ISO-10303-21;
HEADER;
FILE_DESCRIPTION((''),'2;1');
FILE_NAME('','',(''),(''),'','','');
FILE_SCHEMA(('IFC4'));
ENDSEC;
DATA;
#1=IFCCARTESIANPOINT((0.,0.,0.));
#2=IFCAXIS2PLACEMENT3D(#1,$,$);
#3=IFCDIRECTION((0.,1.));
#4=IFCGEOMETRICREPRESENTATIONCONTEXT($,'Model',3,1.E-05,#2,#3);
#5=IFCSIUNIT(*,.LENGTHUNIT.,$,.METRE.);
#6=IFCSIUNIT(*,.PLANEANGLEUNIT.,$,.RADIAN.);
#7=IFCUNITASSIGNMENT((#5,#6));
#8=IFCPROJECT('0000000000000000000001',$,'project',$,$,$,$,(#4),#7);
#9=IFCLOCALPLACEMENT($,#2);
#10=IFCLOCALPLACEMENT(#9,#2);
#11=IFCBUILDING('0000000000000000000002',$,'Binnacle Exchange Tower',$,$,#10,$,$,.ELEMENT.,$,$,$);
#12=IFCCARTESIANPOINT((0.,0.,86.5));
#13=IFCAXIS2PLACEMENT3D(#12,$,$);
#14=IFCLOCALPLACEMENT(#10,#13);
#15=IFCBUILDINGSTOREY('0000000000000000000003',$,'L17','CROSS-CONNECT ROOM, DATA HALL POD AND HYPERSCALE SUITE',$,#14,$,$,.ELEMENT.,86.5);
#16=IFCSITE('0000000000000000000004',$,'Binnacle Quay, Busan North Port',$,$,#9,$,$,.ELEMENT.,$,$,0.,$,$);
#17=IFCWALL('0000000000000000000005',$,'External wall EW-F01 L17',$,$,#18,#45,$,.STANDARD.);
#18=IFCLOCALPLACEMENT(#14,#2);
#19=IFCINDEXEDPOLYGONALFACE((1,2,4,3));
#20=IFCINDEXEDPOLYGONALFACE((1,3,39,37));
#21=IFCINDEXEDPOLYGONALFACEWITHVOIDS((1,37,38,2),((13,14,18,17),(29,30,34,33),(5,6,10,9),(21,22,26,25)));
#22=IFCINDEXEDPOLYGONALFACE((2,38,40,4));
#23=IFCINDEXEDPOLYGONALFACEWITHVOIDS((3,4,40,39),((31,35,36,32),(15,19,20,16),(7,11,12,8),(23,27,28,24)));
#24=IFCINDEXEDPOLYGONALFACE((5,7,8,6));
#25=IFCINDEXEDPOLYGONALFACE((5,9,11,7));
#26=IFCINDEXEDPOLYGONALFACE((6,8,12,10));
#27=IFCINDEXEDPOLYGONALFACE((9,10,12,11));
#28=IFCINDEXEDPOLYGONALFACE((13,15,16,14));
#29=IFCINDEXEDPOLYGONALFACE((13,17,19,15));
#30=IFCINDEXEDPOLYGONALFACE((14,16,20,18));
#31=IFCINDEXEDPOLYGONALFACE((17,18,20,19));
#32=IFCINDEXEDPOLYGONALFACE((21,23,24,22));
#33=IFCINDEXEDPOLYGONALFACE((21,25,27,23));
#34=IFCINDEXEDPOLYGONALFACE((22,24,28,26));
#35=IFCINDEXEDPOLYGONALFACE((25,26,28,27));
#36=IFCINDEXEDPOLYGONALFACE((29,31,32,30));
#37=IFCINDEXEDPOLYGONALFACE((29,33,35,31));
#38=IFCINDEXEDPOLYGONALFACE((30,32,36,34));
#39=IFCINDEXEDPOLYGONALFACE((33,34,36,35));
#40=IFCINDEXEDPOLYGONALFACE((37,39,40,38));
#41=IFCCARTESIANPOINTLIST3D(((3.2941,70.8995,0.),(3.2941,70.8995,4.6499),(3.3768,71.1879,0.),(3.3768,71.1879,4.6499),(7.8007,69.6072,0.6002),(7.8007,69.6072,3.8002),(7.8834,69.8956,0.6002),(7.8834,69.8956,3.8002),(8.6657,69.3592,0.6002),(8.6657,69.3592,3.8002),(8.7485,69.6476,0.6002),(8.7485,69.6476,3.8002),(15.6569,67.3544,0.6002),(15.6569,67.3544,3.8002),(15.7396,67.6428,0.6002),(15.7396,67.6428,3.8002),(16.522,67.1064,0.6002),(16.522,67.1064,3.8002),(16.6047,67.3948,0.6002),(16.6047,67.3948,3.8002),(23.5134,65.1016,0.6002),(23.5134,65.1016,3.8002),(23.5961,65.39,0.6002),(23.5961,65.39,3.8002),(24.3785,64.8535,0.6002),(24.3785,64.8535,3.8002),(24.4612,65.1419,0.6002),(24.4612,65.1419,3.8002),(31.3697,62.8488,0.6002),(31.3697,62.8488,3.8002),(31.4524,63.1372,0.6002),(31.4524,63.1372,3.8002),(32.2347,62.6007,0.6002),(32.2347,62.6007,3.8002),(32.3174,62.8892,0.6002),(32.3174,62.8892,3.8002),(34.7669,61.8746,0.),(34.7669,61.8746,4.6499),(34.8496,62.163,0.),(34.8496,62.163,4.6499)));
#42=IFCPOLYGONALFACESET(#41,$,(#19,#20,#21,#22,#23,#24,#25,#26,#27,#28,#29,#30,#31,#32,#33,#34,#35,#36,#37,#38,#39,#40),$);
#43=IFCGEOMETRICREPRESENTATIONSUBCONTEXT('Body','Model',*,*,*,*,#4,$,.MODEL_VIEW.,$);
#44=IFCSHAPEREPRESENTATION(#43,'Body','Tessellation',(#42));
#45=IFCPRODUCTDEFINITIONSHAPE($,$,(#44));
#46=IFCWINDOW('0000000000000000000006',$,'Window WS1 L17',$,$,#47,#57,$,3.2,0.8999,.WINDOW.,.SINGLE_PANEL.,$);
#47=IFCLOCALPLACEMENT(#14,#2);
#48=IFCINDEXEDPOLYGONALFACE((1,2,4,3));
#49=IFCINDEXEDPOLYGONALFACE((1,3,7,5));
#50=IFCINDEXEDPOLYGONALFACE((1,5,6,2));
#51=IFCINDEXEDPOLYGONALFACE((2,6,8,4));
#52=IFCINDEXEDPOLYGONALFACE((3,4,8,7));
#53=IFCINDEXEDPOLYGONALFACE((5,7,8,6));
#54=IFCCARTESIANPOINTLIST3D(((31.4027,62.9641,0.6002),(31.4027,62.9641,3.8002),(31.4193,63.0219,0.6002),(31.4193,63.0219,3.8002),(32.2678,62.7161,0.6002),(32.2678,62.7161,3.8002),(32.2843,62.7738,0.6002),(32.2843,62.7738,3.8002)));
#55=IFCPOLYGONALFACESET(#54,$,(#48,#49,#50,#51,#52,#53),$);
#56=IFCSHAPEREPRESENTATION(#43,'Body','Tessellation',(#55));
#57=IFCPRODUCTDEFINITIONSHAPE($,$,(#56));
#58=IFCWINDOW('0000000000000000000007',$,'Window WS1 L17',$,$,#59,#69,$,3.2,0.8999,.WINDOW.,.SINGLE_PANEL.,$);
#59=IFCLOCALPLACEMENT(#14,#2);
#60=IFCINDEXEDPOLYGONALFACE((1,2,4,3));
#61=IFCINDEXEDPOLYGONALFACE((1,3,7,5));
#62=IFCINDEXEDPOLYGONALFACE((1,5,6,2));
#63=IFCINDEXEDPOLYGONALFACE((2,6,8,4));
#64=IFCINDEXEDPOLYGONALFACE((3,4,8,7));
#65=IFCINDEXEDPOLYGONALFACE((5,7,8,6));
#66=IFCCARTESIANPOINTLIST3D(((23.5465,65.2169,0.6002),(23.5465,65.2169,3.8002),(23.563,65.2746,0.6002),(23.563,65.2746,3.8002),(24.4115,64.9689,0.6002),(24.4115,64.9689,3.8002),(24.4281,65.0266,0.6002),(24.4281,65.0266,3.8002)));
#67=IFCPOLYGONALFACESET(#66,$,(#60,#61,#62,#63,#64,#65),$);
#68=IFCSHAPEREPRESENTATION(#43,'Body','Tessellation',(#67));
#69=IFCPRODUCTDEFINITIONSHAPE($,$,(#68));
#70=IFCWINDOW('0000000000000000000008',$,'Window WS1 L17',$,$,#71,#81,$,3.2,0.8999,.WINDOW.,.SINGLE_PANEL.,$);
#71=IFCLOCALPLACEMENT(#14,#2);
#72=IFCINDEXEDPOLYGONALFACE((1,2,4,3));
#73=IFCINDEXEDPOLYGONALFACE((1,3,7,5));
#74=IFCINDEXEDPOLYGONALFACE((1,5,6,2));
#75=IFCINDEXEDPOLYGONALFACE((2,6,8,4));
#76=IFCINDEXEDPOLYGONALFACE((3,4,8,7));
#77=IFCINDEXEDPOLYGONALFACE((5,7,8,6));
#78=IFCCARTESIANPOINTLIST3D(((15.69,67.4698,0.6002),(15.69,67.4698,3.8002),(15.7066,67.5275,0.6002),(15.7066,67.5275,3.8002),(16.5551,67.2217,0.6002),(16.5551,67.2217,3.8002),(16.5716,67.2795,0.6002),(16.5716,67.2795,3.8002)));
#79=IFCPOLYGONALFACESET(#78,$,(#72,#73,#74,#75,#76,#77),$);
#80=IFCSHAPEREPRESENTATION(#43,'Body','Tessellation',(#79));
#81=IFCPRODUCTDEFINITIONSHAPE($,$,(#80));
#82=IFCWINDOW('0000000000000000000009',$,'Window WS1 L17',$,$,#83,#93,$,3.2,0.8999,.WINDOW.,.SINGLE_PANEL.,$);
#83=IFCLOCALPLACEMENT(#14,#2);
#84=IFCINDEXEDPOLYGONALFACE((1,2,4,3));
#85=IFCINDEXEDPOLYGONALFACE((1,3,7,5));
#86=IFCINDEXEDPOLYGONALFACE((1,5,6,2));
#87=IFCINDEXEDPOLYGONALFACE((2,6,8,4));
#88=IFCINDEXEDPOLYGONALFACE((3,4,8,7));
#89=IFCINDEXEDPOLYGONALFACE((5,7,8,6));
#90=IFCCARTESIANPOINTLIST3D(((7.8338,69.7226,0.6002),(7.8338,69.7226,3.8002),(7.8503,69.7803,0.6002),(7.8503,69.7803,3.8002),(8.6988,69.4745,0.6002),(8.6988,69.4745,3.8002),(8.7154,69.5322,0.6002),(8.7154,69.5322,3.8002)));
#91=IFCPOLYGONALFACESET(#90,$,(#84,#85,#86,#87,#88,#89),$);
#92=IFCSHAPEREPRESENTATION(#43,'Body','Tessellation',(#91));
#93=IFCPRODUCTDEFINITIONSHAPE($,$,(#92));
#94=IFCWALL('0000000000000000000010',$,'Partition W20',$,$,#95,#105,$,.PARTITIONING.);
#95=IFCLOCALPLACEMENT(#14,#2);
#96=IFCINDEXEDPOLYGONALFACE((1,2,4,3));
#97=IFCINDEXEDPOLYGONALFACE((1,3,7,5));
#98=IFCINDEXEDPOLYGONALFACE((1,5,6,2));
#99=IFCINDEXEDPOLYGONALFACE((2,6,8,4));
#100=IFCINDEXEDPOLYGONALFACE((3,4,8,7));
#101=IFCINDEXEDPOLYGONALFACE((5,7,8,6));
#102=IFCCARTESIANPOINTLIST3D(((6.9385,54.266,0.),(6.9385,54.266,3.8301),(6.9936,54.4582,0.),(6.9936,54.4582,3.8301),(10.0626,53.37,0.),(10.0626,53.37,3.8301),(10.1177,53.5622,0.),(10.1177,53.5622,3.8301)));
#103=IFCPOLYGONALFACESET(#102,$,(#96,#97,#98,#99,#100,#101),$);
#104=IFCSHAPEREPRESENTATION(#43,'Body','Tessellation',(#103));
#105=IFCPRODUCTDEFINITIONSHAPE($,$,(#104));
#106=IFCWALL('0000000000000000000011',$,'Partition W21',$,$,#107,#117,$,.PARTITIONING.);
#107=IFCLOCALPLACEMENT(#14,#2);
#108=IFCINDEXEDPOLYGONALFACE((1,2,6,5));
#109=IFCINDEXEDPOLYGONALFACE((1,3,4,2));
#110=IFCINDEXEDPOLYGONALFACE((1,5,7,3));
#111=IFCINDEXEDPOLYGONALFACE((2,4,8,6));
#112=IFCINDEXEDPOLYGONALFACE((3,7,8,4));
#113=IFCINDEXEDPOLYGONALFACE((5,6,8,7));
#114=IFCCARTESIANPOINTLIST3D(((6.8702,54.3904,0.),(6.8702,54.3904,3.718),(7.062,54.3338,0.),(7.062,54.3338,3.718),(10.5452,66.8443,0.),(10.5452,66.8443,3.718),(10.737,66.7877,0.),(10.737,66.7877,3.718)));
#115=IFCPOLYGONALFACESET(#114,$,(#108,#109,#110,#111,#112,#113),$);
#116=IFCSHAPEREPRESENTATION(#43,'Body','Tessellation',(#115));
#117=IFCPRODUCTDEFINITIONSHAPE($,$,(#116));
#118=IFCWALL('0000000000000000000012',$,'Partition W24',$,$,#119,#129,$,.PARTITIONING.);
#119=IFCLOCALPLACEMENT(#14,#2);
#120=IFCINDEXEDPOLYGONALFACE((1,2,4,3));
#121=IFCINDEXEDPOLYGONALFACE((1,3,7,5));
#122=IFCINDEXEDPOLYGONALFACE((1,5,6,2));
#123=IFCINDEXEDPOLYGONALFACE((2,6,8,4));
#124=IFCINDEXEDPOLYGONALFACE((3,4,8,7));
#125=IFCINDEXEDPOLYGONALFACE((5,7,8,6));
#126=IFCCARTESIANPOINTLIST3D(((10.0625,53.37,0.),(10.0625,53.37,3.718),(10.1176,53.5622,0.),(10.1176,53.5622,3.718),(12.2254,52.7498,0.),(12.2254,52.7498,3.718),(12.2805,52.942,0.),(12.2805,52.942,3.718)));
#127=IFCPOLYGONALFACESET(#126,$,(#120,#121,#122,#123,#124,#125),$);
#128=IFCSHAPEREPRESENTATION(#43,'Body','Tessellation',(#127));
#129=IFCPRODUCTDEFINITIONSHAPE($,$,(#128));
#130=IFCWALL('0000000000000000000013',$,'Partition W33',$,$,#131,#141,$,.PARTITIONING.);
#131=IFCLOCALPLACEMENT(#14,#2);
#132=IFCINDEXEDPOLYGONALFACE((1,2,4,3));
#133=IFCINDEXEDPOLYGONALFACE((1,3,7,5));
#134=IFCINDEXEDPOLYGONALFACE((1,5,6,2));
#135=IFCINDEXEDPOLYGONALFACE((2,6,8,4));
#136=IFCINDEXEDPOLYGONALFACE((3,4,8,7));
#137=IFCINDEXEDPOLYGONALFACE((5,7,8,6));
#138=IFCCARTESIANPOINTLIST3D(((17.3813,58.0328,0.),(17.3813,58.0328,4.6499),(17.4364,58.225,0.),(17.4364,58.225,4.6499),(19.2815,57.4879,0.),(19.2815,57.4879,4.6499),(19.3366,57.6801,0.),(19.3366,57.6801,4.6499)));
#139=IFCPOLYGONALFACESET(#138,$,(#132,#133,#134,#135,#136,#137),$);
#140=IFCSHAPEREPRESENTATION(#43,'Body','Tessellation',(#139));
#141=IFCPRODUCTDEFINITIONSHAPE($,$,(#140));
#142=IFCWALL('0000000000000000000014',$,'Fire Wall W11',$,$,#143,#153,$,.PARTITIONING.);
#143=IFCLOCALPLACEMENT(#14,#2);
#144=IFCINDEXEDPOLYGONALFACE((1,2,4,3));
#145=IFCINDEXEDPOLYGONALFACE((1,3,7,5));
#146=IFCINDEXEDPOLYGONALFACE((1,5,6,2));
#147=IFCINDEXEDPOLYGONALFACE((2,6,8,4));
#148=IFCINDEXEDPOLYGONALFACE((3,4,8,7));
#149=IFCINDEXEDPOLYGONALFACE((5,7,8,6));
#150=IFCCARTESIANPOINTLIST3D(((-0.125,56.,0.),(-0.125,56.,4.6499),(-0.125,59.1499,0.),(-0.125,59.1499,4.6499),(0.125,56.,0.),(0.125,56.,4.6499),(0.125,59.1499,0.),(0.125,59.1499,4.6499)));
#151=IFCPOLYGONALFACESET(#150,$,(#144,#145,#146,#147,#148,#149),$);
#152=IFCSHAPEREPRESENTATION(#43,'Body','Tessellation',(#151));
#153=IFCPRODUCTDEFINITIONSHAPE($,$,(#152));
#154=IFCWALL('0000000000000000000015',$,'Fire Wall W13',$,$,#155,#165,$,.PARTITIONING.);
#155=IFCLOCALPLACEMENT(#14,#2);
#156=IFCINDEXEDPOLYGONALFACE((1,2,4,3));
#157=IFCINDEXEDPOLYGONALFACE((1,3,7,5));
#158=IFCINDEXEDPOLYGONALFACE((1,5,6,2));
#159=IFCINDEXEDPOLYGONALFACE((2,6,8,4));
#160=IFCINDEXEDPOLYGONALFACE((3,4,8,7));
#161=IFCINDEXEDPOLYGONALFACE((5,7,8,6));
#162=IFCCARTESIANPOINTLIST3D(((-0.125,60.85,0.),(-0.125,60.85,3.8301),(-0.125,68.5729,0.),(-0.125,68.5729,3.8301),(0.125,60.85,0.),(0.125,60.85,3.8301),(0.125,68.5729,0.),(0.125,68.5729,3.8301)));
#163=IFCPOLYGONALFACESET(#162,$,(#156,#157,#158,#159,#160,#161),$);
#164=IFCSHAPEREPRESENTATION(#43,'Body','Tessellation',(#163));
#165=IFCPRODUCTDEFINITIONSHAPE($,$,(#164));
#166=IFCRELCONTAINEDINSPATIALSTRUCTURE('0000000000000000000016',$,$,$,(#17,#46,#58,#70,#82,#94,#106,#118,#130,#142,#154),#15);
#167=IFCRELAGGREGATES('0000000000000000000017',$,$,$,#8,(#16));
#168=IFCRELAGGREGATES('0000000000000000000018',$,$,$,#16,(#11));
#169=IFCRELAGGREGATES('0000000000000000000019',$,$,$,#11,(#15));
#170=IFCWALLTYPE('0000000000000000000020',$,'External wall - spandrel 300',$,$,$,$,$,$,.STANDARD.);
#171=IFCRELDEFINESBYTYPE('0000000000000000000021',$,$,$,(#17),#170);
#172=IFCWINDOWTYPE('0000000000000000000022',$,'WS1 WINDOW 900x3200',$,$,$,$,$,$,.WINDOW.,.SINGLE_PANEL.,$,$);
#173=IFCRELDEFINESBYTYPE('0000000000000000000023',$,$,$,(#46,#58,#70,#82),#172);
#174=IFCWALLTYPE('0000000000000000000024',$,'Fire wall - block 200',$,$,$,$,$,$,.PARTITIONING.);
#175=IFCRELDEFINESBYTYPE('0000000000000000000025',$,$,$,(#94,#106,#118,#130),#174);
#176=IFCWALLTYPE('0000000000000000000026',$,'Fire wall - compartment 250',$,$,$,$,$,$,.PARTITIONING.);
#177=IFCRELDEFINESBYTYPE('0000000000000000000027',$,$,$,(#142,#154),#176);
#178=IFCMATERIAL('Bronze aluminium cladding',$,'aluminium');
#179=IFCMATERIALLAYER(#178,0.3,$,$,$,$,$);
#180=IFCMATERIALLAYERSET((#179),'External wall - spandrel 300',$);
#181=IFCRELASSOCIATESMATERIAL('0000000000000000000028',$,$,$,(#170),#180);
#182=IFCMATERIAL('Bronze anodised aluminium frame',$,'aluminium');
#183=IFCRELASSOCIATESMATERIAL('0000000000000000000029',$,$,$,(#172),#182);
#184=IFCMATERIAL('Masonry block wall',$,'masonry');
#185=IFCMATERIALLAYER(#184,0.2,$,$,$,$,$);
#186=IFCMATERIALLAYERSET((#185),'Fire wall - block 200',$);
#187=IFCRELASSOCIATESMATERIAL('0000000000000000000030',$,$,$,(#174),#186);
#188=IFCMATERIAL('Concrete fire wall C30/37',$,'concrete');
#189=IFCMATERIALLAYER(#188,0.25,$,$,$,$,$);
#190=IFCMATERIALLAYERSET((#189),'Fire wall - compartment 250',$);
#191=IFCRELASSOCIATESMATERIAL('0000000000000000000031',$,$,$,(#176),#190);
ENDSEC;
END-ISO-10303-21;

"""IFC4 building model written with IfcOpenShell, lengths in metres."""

from ifc_helpers import new_model, si_unit, direction, frame, frame_2d, origin, place, context, subcontext, project, spatial, rectangle, extrude, material, layer, layer_set, type_object, element, fill, save


model = new_model("IFC4")

# Units and contexts
model_context = context("Model", 3, precision=1e-05, world=origin(), true_north=direction((0.0, 1.0)))
body_context = subcontext(model_context, "Body", "Model", "MODEL_VIEW")
ifc_project = project(units=[si_unit("LENGTHUNIT", "METRE"), si_unit("PLANEANGLEUNIT", "RADIAN")], contexts=[model_context])

# Site, building, storey
site_placement = place(None, origin())
site = spatial("IfcSite", under=ifc_project, at=site_placement, Name="Binnacle Quay, Busan North Port", CompositionType="ELEMENT", RefElevation=0.0)
building_placement = place(site_placement, origin())
building = spatial("IfcBuilding", under=site, at=building_placement, Name="Binnacle Exchange Tower", CompositionType="ELEMENT")
storey_placement = place(building_placement, frame((0.0, 0.0, 86.5)))
storey = spatial("IfcBuildingStorey", under=building, at=storey_placement, Name="L17", Description="CROSS-CONNECT ROOM, DATA HALL POD AND HYPERSCALE SUITE", CompositionType="ELEMENT", Elevation=86.5)

# Wall, openings, windows
ifc_material_1 = material(Name="Bronze aluminium cladding", Category="aluminium")
ifc_layer_1 = layer(ifc_material_1, 0.3)
ifc_layer_set_1 = layer_set([ifc_layer_1], Name="External wall - spandrel 300")
wall_type_1 = type_object("IfcWallType", Name="External wall - spandrel 300", PredefinedType="STANDARD", material=ifc_layer_set_1)
wall_1_placement = place(storey_placement, frame((3.3354, 71.0437, 0.0), z_axis=(0.0, 0.0, 1.0), x_axis=(0.96126, -0.275643, 0.0)))
wall_1 = element("IfcWall", 1, at=wall_1_placement, inside=storey, type_object=wall_type_1, Name="External wall EW-F01 L17", PredefinedType="STANDARD", context=body_context, shape_type="SweptSolid", body=[
    extrude(rectangle(XDim=32.7412, YDim=0.3, at=frame_2d((16.3706, 0.0))), origin(), (0.0, 0.0, 1.0), 4.6499),
])
opening_1_placement = place(wall_1_placement, frame((29.207, 0.0, 0.6001)))
opening_1 = element("IfcOpeningElement", 2, at=opening_1_placement, cuts=wall_1, PredefinedType="OPENING", context=body_context, shape_type="SweptSolid", body=[
    extrude(rectangle(XDim=0.8999, YDim=3.2, at=frame_2d((0.45, 1.6001))), frame((0.0, 0.1599, 0.0), z_axis=(0.0, -1.0, 0.0), x_axis=(1.0, 0.0, 0.0)), (0.0, 0.0, 1.0), 0.3201),
])
opening_2_placement = place(wall_1_placement, frame((21.0342, 0.0, 0.6001)))
opening_2 = element("IfcOpeningElement", 3, at=opening_2_placement, cuts=wall_1, PredefinedType="OPENING", context=body_context, shape_type="SweptSolid", body=[
    extrude(rectangle(XDim=0.8999, YDim=3.2, at=frame_2d((0.45, 1.6001))), frame((0.0, 0.1599, 0.0), z_axis=(0.0, -1.0, 0.0), x_axis=(1.0, 0.0, 0.0)), (0.0, 0.0, 1.0), 0.3201),
])
opening_3_placement = place(wall_1_placement, frame((12.8611, 0.0, 0.6001)))
opening_3 = element("IfcOpeningElement", 4, at=opening_3_placement, cuts=wall_1, PredefinedType="OPENING", context=body_context, shape_type="SweptSolid", body=[
    extrude(rectangle(XDim=0.8999, YDim=3.2, at=frame_2d((0.45, 1.6001))), frame((0.0, 0.1599, 0.0), z_axis=(0.0, -1.0, 0.0), x_axis=(1.0, 0.0, 0.0)), (0.0, 0.0, 1.0), 0.3201),
])
opening_4_placement = place(wall_1_placement, frame((4.6882, 0.0, 0.6001)))
opening_4 = element("IfcOpeningElement", 5, at=opening_4_placement, cuts=wall_1, PredefinedType="OPENING", context=body_context, shape_type="SweptSolid", body=[
    extrude(rectangle(XDim=0.8999, YDim=3.2, at=frame_2d((0.45, 1.6001))), frame((0.0, 0.1599, 0.0), z_axis=(0.0, -1.0, 0.0), x_axis=(1.0, 0.0, 0.0)), (0.0, 0.0, 1.0), 0.3201),
])
ifc_material_2 = material(Name="Bronze anodised aluminium frame", Category="aluminium")
window_type = type_object("IfcWindowType", Name="WS1 WINDOW 900x3200", PartitioningType="SINGLE_PANEL", PredefinedType="WINDOW", material=ifc_material_2)
window_1_placement = place(opening_1_placement, origin())
window_1 = element("IfcWindow", 6, at=window_1_placement, inside=storey, type_object=window_type, Name="Window WS1 L17", OverallHeight=3.2, OverallWidth=0.8999, PartitioningType="SINGLE_PANEL", PredefinedType="WINDOW", context=body_context, shape_type="SweptSolid", body=[
    extrude(rectangle(XDim=0.8999, YDim=3.2, at=frame_2d((0.45, 1.6001))), frame((0.0, 0.03, 0.0), z_axis=(0.0, -1.0, 0.0), x_axis=(1.0, 0.0, 0.0)), (0.0, 0.0, 1.0), 0.0601),
])
fill(opening_1, window_1)
window_2_placement = place(opening_2_placement, origin())
window_2 = element("IfcWindow", 7, at=window_2_placement, inside=storey, type_object=window_type, Name="Window WS1 L17", OverallHeight=3.2, OverallWidth=0.8999, PartitioningType="SINGLE_PANEL", PredefinedType="WINDOW", context=body_context, shape_type="SweptSolid", body=[
    extrude(rectangle(XDim=0.8999, YDim=3.2, at=frame_2d((0.45, 1.6001))), frame((0.0, 0.03, 0.0), z_axis=(0.0, -1.0, 0.0), x_axis=(1.0, 0.0, 0.0)), (0.0, 0.0, 1.0), 0.0601),
])
fill(opening_2, window_2)
window_3_placement = place(opening_3_placement, origin())
window_3 = element("IfcWindow", 8, at=window_3_placement, inside=storey, type_object=window_type, Name="Window WS1 L17", OverallHeight=3.2, OverallWidth=0.8999, PartitioningType="SINGLE_PANEL", PredefinedType="WINDOW", context=body_context, shape_type="SweptSolid", body=[
    extrude(rectangle(XDim=0.8999, YDim=3.2, at=frame_2d((0.45, 1.6001))), frame((0.0, 0.03, 0.0), z_axis=(0.0, -1.0, 0.0), x_axis=(1.0, 0.0, 0.0)), (0.0, 0.0, 1.0), 0.0601),
])
fill(opening_3, window_3)
window_4_placement = place(opening_4_placement, origin())
window_4 = element("IfcWindow", 9, at=window_4_placement, inside=storey, type_object=window_type, Name="Window WS1 L17", OverallHeight=3.2, OverallWidth=0.8999, PartitioningType="SINGLE_PANEL", PredefinedType="WINDOW", context=body_context, shape_type="SweptSolid", body=[
    extrude(rectangle(XDim=0.8999, YDim=3.2, at=frame_2d((0.45, 1.6001))), frame((0.0, 0.03, 0.0), z_axis=(0.0, -1.0, 0.0), x_axis=(1.0, 0.0, 0.0)), (0.0, 0.0, 1.0), 0.0601),
])
fill(opening_4, window_4)

# Walls
ifc_material_3 = material(Name="Masonry block wall", Category="masonry")
ifc_layer_2 = layer(ifc_material_3, 0.2)
ifc_layer_set_2 = layer_set([ifc_layer_2], Name="Fire wall - block 200")
wall_type_2 = type_object("IfcWallType", Name="Fire wall - block 200", PredefinedType="PARTITIONING", material=ifc_layer_set_2)
wall_2_placement = place(storey_placement, frame((6.9661, 54.3621, 0.0), z_axis=(0.0, 0.0, 1.0), x_axis=(0.961246, -0.275693, 0.0)))
element("IfcWall", 10, at=wall_2_placement, inside=storey, type_object=wall_type_2, Name="Partition W20", PredefinedType="PARTITIONING", context=body_context, shape_type="SweptSolid", body=[
    extrude(rectangle(XDim=3.25, YDim=0.2, at=frame_2d((1.625, 0.0))), origin(), (0.0, 0.0, 1.0), 3.8301),
])
wall_3_placement = place(storey_placement, frame((6.9661, 54.3621, 0.0), z_axis=(0.0, 0.0, 1.0), x_axis=(0.283027, 0.959112, 0.0)))
element("IfcWall", 11, at=wall_3_placement, inside=storey, type_object=wall_type_2, Name="Partition W21", PredefinedType="PARTITIONING", context=body_context, shape_type="SweptSolid", body=[
    extrude(rectangle(XDim=12.9849, YDim=0.2, at=frame_2d((6.4924, 0.0))), origin(), (0.0, 0.0, 1.0), 3.718),
])
wall_4_placement = place(storey_placement, frame((10.0901, 53.4661, 0.0), z_axis=(0.0, 0.0, 1.0), x_axis=(0.96127, -0.27561, 0.0)))
element("IfcWall", 12, at=wall_4_placement, inside=storey, type_object=wall_type_2, Name="Partition W24", PredefinedType="PARTITIONING", context=body_context, shape_type="SweptSolid", body=[
    extrude(rectangle(XDim=2.25, YDim=0.2, at=frame_2d((1.125, 0.0))), origin(), (0.0, 0.0, 1.0), 3.718),
])
wall_5_placement = place(storey_placement, frame((17.4089, 58.1289, 0.0), z_axis=(0.0, 0.0, 1.0), x_axis=(0.961253, -0.275667, 0.0)))
element("IfcWall", 13, at=wall_5_placement, inside=storey, type_object=wall_type_2, Name="Partition W33", PredefinedType="PARTITIONING", context=body_context, shape_type="SweptSolid", body=[
    extrude(rectangle(XDim=1.9768, YDim=0.2, at=frame_2d((0.9883, 0.0))), origin(), (0.0, 0.0, 1.0), 4.6499),
])
ifc_material_4 = material(Name="Concrete fire wall C30/37", Category="concrete")
ifc_layer_3 = layer(ifc_material_4, 0.25)
ifc_layer_set_3 = layer_set([ifc_layer_3], Name="Fire wall - compartment 250")
wall_type_3 = type_object("IfcWallType", Name="Fire wall - compartment 250", PredefinedType="PARTITIONING", material=ifc_layer_set_3)
wall_6_placement = place(storey_placement, frame((0.0, 56.0, 0.0), z_axis=(0.0, 0.0, 1.0), x_axis=(0.0, 1.0, 0.0)))
element("IfcWall", 14, at=wall_6_placement, inside=storey, type_object=wall_type_3, Name="Fire Wall W11", PredefinedType="PARTITIONING", context=body_context, shape_type="SweptSolid", body=[
    extrude(rectangle(XDim=3.1499, YDim=0.25, at=frame_2d((1.575, 0.0))), origin(), (0.0, 0.0, 1.0), 4.6499),
])
wall_7_placement = place(storey_placement, frame((0.0, 60.8501, 0.0), z_axis=(0.0, 0.0, 1.0), x_axis=(0.0, 1.0, 0.0)))
element("IfcWall", 15, at=wall_7_placement, inside=storey, type_object=wall_type_3, Name="Fire Wall W13", PredefinedType="PARTITIONING", context=body_context, shape_type="SweptSolid", body=[
    extrude(rectangle(XDim=7.7229, YDim=0.25, at=frame_2d((3.8613, 0.0))), origin(), (0.0, 0.0, 1.0), 3.8301),
])

save(model, "model.ifc")
